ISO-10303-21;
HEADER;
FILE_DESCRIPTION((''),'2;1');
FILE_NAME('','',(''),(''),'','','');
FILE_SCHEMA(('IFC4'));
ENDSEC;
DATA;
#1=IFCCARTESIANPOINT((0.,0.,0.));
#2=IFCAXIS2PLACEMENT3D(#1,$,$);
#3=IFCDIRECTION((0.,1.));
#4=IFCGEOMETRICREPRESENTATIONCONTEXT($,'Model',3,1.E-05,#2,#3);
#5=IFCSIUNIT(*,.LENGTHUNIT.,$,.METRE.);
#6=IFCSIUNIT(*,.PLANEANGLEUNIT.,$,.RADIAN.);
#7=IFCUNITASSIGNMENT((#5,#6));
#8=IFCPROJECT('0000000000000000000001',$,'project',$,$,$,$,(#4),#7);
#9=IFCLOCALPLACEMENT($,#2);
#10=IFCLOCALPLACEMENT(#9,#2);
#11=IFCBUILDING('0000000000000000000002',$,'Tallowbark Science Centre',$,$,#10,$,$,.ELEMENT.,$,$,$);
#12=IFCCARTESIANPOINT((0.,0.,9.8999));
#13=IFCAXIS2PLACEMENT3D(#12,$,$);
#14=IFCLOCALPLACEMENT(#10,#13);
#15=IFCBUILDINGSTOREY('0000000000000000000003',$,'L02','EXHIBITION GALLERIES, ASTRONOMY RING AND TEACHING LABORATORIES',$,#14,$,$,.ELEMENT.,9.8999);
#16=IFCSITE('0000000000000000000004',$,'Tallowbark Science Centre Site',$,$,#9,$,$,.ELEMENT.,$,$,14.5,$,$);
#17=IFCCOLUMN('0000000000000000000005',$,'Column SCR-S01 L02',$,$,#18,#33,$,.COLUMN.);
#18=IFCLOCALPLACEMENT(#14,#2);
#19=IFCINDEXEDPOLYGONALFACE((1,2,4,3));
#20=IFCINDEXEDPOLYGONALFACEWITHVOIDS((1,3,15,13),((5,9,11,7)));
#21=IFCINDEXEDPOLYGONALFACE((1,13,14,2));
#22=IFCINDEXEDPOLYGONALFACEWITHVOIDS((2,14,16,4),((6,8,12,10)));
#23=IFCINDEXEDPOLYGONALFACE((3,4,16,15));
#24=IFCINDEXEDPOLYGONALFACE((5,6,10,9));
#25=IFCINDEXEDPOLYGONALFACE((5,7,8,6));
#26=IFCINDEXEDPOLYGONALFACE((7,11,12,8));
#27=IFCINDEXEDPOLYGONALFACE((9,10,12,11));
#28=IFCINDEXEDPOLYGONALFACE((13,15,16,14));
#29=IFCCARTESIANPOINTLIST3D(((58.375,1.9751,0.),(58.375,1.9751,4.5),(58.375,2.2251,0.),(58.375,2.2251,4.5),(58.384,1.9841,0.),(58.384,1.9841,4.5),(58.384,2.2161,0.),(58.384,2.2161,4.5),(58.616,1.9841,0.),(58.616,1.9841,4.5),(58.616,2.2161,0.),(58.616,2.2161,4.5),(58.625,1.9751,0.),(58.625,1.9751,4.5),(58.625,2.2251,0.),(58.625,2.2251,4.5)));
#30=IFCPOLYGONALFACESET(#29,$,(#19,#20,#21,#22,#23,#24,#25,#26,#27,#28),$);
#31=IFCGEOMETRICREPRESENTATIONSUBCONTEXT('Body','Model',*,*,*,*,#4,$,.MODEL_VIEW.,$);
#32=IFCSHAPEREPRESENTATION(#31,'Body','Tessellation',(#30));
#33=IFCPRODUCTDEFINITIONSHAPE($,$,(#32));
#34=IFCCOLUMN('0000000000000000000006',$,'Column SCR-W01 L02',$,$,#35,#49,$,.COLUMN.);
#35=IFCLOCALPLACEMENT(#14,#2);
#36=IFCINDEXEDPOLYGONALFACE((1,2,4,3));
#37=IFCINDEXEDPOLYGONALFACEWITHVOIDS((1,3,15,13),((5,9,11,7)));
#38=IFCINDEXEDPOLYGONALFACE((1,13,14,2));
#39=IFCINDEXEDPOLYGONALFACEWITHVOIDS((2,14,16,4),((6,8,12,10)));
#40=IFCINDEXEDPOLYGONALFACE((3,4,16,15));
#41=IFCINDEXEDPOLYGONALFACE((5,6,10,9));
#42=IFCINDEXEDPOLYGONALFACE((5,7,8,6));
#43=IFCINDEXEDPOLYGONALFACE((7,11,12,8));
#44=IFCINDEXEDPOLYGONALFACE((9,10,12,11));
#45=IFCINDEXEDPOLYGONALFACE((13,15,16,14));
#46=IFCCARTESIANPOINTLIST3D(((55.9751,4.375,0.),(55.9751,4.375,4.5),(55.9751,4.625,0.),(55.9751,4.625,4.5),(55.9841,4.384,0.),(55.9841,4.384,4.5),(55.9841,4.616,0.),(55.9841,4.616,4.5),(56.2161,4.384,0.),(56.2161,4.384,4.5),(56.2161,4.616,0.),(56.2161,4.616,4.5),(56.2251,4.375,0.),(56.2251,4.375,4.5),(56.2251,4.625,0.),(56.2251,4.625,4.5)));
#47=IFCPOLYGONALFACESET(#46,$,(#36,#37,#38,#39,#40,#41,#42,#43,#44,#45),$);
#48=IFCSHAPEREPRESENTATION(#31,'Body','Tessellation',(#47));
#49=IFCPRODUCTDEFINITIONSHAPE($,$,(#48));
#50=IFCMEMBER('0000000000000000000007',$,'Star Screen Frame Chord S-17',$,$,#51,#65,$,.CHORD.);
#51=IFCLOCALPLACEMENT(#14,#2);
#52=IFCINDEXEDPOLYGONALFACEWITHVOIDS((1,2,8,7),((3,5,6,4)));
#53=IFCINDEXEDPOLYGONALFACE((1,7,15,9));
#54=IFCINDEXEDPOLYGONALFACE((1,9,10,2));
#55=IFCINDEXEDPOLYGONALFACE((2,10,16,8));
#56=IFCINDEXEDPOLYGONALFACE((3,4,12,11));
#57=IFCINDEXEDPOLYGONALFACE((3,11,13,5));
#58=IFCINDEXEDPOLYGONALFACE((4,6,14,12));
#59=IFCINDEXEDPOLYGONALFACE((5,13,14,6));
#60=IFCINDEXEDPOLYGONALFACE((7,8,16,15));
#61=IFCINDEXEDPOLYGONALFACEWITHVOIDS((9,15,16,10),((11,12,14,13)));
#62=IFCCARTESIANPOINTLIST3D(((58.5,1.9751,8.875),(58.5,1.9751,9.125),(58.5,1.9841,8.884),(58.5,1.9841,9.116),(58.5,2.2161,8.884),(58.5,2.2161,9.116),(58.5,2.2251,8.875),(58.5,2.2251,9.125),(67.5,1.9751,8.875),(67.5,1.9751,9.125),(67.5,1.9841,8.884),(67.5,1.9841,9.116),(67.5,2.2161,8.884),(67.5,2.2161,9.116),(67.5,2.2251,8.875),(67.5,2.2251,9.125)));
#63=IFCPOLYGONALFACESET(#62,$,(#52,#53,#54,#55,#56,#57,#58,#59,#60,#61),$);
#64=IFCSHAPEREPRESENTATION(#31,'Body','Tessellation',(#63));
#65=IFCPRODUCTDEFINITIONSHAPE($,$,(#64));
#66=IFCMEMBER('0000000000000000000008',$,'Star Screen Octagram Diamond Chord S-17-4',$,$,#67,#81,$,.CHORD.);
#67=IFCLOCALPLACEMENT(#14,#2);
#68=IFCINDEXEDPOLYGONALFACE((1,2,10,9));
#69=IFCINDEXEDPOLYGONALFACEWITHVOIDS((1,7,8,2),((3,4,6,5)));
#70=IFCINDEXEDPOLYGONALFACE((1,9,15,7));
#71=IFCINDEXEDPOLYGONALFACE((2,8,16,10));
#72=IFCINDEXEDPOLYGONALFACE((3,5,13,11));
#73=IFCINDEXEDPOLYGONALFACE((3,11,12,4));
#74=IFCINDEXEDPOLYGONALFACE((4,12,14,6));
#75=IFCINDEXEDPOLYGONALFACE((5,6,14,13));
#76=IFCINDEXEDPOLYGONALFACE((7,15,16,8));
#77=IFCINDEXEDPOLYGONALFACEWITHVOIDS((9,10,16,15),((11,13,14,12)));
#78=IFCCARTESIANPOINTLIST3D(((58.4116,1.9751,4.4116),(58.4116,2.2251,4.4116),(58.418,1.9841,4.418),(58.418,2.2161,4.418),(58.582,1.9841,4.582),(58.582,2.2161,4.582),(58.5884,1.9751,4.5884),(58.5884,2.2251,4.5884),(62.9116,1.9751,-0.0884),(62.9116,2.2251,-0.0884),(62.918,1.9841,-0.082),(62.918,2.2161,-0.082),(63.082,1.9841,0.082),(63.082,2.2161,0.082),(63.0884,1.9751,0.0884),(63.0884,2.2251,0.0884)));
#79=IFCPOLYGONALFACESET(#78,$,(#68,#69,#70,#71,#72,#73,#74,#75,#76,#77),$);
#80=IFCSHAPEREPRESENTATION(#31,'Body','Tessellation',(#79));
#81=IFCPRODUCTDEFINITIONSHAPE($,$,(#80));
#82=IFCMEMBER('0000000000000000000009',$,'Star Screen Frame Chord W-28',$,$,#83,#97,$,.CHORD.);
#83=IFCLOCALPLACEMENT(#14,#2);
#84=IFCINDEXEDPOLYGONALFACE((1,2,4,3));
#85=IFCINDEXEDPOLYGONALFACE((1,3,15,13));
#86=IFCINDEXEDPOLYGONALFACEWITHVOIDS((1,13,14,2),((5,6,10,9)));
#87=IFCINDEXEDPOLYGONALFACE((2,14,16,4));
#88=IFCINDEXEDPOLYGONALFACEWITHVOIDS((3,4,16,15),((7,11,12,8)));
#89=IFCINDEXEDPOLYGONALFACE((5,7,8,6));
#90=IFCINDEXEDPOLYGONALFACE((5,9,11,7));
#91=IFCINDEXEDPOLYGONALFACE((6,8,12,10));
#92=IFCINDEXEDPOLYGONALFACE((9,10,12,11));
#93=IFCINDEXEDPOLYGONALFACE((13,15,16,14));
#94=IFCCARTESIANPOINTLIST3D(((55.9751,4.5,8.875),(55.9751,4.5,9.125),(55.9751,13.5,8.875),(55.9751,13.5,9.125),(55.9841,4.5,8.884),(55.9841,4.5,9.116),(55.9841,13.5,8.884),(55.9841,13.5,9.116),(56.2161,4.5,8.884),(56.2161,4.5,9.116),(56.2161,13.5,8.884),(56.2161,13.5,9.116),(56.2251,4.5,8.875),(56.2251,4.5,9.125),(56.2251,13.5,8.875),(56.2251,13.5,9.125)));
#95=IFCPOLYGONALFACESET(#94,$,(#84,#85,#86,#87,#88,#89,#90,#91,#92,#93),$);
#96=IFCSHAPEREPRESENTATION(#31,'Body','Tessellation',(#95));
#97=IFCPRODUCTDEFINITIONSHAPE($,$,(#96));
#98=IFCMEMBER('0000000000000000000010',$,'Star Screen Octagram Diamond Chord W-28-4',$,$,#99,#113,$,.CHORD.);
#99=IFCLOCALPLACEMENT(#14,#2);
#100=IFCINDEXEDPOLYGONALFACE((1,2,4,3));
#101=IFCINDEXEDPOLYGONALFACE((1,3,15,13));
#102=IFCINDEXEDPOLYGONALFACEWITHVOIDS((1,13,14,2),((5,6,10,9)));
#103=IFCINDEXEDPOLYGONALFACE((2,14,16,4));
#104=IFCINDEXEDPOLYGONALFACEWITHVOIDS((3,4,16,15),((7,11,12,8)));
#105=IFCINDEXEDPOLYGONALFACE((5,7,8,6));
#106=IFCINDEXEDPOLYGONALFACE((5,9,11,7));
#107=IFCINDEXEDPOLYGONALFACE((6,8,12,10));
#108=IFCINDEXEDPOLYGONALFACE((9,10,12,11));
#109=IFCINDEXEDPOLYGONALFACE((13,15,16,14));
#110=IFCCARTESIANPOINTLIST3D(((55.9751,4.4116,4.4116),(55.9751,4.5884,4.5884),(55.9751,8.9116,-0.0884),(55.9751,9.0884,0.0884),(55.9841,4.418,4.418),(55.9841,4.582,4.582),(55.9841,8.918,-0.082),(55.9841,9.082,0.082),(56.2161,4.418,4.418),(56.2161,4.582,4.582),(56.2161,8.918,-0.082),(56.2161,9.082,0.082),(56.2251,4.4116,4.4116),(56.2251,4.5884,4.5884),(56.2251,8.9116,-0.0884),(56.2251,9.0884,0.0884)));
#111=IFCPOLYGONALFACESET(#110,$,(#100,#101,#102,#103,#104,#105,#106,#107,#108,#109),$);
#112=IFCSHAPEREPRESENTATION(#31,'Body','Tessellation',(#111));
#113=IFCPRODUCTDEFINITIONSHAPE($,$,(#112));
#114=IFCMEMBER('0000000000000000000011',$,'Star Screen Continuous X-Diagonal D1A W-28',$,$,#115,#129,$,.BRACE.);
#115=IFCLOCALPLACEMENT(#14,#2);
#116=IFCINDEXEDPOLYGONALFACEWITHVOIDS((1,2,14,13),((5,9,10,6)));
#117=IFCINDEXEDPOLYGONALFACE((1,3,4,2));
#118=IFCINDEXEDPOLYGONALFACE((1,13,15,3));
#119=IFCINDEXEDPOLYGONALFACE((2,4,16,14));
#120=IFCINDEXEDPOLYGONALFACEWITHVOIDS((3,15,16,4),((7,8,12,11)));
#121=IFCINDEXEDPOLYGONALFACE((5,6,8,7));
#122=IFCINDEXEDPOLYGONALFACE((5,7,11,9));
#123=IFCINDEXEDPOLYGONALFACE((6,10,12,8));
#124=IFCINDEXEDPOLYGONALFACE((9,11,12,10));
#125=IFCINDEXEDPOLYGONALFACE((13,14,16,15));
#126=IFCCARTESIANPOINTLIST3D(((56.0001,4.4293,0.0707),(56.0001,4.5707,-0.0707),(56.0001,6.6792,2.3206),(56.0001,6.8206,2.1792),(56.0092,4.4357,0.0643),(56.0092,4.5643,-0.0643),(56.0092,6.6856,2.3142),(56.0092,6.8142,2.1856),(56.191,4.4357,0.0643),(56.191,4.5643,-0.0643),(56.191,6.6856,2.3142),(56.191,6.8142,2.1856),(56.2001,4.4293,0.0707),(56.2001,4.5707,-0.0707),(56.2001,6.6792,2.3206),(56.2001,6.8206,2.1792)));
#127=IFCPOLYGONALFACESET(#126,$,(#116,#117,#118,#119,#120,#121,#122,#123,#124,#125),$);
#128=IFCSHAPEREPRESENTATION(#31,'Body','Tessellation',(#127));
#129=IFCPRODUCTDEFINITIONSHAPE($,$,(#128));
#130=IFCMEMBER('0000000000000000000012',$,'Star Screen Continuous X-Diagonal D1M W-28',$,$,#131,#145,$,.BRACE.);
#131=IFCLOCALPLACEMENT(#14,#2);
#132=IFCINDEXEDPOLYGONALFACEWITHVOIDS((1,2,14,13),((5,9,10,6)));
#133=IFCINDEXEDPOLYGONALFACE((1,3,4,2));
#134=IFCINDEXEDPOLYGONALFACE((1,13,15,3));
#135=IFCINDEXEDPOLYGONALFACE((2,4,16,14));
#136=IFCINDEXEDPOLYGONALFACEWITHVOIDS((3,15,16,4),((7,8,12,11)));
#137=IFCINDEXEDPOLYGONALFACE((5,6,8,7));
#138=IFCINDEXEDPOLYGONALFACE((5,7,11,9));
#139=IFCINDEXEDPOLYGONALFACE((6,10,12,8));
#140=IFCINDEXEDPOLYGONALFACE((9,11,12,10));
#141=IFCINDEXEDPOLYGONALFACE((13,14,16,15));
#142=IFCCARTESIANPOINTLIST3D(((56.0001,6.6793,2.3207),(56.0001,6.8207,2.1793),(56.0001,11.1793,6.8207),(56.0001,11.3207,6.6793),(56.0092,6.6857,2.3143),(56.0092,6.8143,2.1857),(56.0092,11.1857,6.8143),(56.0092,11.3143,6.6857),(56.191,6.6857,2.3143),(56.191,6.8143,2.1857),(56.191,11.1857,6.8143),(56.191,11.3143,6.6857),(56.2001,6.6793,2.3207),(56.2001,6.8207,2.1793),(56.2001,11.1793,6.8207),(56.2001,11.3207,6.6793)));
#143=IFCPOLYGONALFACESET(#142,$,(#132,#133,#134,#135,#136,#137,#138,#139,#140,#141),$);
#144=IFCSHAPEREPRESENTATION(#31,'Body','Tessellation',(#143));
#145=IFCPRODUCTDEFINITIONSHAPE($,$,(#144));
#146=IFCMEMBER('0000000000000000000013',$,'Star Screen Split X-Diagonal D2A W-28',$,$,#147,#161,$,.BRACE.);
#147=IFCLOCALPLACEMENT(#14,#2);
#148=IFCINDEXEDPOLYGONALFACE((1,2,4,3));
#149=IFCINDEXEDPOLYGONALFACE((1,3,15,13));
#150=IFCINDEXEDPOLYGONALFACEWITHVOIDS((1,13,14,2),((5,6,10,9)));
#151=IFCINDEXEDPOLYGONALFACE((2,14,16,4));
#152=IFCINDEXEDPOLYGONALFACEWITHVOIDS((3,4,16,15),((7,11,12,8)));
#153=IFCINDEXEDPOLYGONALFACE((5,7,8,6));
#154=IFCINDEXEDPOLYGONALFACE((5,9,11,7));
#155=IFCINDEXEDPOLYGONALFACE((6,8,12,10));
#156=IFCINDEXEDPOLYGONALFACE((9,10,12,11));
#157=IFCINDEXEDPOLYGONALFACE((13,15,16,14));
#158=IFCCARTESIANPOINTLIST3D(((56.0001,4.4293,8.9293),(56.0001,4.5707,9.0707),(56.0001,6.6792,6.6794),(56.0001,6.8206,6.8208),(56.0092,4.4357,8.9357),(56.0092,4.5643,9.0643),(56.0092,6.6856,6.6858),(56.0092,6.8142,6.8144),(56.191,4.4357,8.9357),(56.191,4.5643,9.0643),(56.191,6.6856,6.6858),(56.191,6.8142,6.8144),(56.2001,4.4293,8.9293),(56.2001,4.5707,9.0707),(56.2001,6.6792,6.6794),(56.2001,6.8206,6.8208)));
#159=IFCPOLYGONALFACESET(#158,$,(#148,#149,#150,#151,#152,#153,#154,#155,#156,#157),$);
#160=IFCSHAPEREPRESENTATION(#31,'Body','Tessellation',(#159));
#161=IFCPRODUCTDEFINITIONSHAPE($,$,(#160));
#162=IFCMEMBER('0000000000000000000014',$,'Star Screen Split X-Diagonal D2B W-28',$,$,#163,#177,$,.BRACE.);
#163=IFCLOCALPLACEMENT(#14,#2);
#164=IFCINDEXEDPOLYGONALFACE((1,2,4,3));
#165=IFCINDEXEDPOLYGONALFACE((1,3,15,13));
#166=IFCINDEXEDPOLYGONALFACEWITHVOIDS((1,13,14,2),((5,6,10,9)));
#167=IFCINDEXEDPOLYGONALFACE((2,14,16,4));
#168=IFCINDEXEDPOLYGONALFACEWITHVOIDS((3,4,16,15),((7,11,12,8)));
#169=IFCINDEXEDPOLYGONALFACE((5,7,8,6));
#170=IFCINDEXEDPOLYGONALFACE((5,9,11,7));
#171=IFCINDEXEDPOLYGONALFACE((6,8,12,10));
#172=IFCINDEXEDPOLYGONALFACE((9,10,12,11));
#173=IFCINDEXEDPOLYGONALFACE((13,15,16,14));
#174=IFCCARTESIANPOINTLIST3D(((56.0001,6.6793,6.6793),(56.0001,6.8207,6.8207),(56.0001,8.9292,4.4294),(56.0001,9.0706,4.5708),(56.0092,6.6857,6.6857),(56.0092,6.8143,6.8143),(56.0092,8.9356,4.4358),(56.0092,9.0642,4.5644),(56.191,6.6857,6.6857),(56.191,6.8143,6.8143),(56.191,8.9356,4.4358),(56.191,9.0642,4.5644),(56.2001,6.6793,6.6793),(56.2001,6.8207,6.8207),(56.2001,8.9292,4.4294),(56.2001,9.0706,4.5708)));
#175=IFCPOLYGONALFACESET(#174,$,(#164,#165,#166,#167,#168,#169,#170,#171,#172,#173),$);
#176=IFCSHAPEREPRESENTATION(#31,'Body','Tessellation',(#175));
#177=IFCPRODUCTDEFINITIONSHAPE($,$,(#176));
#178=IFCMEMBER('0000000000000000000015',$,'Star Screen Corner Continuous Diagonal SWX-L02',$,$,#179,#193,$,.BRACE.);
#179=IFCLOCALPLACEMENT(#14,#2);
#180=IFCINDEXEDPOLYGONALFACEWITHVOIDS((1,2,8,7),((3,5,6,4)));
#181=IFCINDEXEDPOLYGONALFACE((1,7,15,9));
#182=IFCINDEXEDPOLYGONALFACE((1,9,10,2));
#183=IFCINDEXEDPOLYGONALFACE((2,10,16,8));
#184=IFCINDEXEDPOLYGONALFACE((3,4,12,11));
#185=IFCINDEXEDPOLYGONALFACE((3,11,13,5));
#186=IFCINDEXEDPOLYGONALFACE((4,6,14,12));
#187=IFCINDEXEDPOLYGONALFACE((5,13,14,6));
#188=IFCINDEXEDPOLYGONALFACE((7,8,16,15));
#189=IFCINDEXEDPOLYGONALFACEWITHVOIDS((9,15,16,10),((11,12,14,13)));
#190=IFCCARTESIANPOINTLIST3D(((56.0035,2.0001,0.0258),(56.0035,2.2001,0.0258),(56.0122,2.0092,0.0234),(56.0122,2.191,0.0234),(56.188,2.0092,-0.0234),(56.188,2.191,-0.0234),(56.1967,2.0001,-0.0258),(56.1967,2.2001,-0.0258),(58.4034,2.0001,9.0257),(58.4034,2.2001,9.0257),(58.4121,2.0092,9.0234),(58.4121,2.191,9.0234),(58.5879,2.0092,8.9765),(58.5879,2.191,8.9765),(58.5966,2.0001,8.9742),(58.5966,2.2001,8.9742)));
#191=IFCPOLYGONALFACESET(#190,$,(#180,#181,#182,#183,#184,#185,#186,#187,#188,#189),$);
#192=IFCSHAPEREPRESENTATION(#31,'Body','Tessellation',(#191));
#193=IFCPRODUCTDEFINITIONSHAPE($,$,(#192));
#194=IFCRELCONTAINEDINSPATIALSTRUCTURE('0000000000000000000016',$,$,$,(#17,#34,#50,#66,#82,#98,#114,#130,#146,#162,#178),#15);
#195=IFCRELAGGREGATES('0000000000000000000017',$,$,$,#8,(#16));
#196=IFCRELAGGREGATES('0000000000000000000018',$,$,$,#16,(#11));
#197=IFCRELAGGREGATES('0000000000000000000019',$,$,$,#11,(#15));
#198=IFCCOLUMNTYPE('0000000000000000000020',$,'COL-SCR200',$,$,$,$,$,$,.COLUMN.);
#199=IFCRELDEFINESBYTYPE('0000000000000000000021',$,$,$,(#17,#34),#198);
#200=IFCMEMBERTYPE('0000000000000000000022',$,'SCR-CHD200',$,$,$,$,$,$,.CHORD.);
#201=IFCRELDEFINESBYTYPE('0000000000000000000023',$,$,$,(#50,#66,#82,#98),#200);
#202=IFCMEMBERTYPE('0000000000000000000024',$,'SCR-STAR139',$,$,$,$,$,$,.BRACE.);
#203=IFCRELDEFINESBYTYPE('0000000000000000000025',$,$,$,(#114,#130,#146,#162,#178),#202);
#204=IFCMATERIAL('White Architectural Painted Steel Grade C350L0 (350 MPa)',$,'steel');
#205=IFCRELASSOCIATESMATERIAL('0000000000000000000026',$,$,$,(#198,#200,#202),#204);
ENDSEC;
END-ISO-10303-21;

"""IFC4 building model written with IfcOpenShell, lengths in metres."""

from ifc_helpers import new_model, si_unit, direction, frame, origin, origin_2d, place, context, subcontext, project, spatial, hollow_rectangle, extrude, material, material_profile, profile_set, type_object, element, save


model = new_model("IFC4")

# Units and contexts
model_context = context("Model", 3, precision=1e-05, world=origin(), true_north=direction((0.0, 1.0)))
body_context = subcontext(model_context, "Body", "Model", "MODEL_VIEW")
ifc_project = project(units=[si_unit("LENGTHUNIT", "METRE"), si_unit("PLANEANGLEUNIT", "RADIAN")], contexts=[model_context])

# Site, building, storey
site_placement = place(None, origin())
site = spatial("IfcSite", under=ifc_project, at=site_placement, Name="Tallowbark Science Centre Site", CompositionType="ELEMENT", RefElevation=14.5)
building_placement = place(site_placement, origin())
building = spatial("IfcBuilding", under=site, at=building_placement, Name="Tallowbark Science Centre", CompositionType="ELEMENT")
storey_placement = place(building_placement, frame((0.0, 0.0, 9.8999)))
storey = spatial("IfcBuildingStorey", under=building, at=storey_placement, Name="L02", Description="EXHIBITION GALLERIES, ASTRONOMY RING AND TEACHING LABORATORIES", CompositionType="ELEMENT", Elevation=9.8999)

# Columns
ifc_material_1 = material(Name="White Architectural Painted Steel Grade C350L0 (350 MPa)", Category="steel")
ifc_material_profile_1 = material_profile(ifc_material_1, hollow_rectangle(XDim=0.25, YDim=0.25, WallThickness=0.009, at=origin_2d()), Name="250x250x9.0SHS")
ifc_profile_set_1 = profile_set([ifc_material_profile_1], Name="White Architectural Painted Steel Grade C350L0 (350 MPa)")
column_type = type_object("IfcColumnType", Name="COL-SCR200", PredefinedType="COLUMN", material=ifc_profile_set_1)
for number, where, z_axis, x_axis, name in (
    (1, (58.5, 2.1001, 0.0), (0.0, 0.0, 1.0), (1.0, 0.0, 0.0), "Column SCR-S01 L02"),
    (2, (56.1001, 4.5, 0.0), (0.0, 0.0, 1.0), (1.0, 0.0, 0.0), "Column SCR-W01 L02"),
):
    element("IfcColumn", number, at=place(storey_placement, frame(where, z_axis=z_axis, x_axis=x_axis)), inside=storey, type_object=column_type, Name=name, PredefinedType="COLUMN", context=body_context, shape_type="SweptSolid", body=[
        extrude(hollow_rectangle(XDim=0.25, YDim=0.25, WallThickness=0.009, at=origin_2d()), origin(), (0.0, 0.0, 1.0), 4.5),
    ])

# Members
ifc_material_profile_2 = material_profile(ifc_material_1, hollow_rectangle(XDim=0.25, YDim=0.25, WallThickness=0.009, at=origin_2d()), Name="250x250x9.0SHS")
ifc_profile_set_2 = profile_set([ifc_material_profile_2], Name="White Architectural Painted Steel Grade C350L0 (350 MPa)")
member_type_1 = type_object("IfcMemberType", Name="SCR-CHD200", PredefinedType="CHORD", material=ifc_profile_set_2)
member_1_placement = place(storey_placement, frame((58.5, 2.1001, 9.0), z_axis=(1.0, 0.0, 0.0), x_axis=(0.0, 1.0, 0.0)))
element("IfcMember", 3, at=member_1_placement, inside=storey, type_object=member_type_1, Name="Star Screen Frame Chord S-17", PredefinedType="CHORD", context=body_context, shape_type="SweptSolid", body=[
    extrude(hollow_rectangle(XDim=0.25, YDim=0.25, WallThickness=0.009, at=origin_2d()), origin(), (0.0, 0.0, 1.0), 9.0),
])
member_2_placement = place(storey_placement, frame((58.5, 2.1001, 4.5), z_axis=(0.707107, 0.0, -0.707107), x_axis=(0.0, 1.0, 0.0)))
element("IfcMember", 4, at=member_2_placement, inside=storey, type_object=member_type_1, Name="Star Screen Octagram Diamond Chord S-17-4", PredefinedType="CHORD", context=body_context, shape_type="SweptSolid", body=[
    extrude(hollow_rectangle(XDim=0.25, YDim=0.25, WallThickness=0.009, at=origin_2d()), origin(), (0.0, 0.0, 1.0), 6.364),
])
member_3_placement = place(storey_placement, frame((56.1001, 4.5, 9.0), z_axis=(0.0, 1.0, 0.0), x_axis=(-1.0, 0.0, 0.0)))
element("IfcMember", 5, at=member_3_placement, inside=storey, type_object=member_type_1, Name="Star Screen Frame Chord W-28", PredefinedType="CHORD", context=body_context, shape_type="SweptSolid", body=[
    extrude(hollow_rectangle(XDim=0.25, YDim=0.25, WallThickness=0.009, at=origin_2d()), origin(), (0.0, 0.0, 1.0), 9.0),
])
member_4_placement = place(storey_placement, frame((56.1001, 4.5, 4.5), z_axis=(0.0, 0.707107, -0.707107), x_axis=(-1.0, 0.0, 0.0)))
element("IfcMember", 6, at=member_4_placement, inside=storey, type_object=member_type_1, Name="Star Screen Octagram Diamond Chord W-28-4", PredefinedType="CHORD", context=body_context, shape_type="SweptSolid", body=[
    extrude(hollow_rectangle(XDim=0.25, YDim=0.25, WallThickness=0.009, at=origin_2d()), origin(), (0.0, 0.0, 1.0), 6.364),
])
ifc_material_profile_3 = material_profile(ifc_material_1, hollow_rectangle(XDim=0.2, YDim=0.2, WallThickness=0.009, at=origin_2d()), Name="200x200x9.0SHS")
ifc_profile_set_3 = profile_set([ifc_material_profile_3], Name="White Architectural Painted Steel Grade C350L0 (350 MPa)")
member_type_2 = type_object("IfcMemberType", Name="SCR-STAR139", PredefinedType="BRACE", material=ifc_profile_set_3)
member_5_placement = place(storey_placement, frame((56.1001, 4.5, 0.0), z_axis=(0.0, 0.707107, 0.707107), x_axis=(-1.0, 0.0, 0.0)))
element("IfcMember", 7, at=member_5_placement, inside=storey, type_object=member_type_2, Name="Star Screen Continuous X-Diagonal D1A W-28", PredefinedType="BRACE", context=body_context, shape_type="SweptSolid", body=[
    extrude(hollow_rectangle(XDim=0.2, YDim=0.2, WallThickness=0.009, at=origin_2d()), origin(), (0.0, 0.0, 1.0), 3.1819),
])
member_6_placement = place(storey_placement, frame((56.1001, 6.75, 2.25), z_axis=(0.0, 0.707107, 0.707107), x_axis=(-1.0, 0.0, 0.0)))
element("IfcMember", 8, at=member_6_placement, inside=storey, type_object=member_type_2, Name="Star Screen Continuous X-Diagonal D1M W-28", PredefinedType="BRACE", context=body_context, shape_type="SweptSolid", body=[
    extrude(hollow_rectangle(XDim=0.2, YDim=0.2, WallThickness=0.009, at=origin_2d()), origin(), (0.0, 0.0, 1.0), 6.364),
])
for number, where, z_axis, x_axis, name in (
    (9, (56.1001, 4.5, 9.0), (0.0, 0.707107, -0.707107), (-1.0, 0.0, 0.0), "Star Screen Split X-Diagonal D2A W-28"),
    (10, (56.1001, 6.75, 6.75), (0.0, 0.707107, -0.707107), (-1.0, 0.0, 0.0), "Star Screen Split X-Diagonal D2B W-28"),
):
    element("IfcMember", number, at=place(storey_placement, frame(where, z_axis=z_axis, x_axis=x_axis)), inside=storey, type_object=member_type_2, Name=name, PredefinedType="BRACE", context=body_context, shape_type="SweptSolid", body=[
        extrude(hollow_rectangle(XDim=0.2, YDim=0.2, WallThickness=0.009, at=origin_2d()), origin(), (0.0, 0.0, 1.0), 3.1819),
    ])
member_7_placement = place(storey_placement, frame((56.1001, 2.1001, 0.0), z_axis=(0.257653, 0.0, 0.966238), x_axis=(0.0, 1.0, 0.0)))
element("IfcMember", 11, at=member_7_placement, inside=storey, type_object=member_type_2, Name="Star Screen Corner Continuous Diagonal SWX-L02", PredefinedType="BRACE", context=body_context, shape_type="SweptSolid", body=[
    extrude(hollow_rectangle(XDim=0.2, YDim=0.2, WallThickness=0.009, at=origin_2d()), origin(), (0.0, 0.0, 1.0), 9.3145),
])

save(model, "model.ifc")
